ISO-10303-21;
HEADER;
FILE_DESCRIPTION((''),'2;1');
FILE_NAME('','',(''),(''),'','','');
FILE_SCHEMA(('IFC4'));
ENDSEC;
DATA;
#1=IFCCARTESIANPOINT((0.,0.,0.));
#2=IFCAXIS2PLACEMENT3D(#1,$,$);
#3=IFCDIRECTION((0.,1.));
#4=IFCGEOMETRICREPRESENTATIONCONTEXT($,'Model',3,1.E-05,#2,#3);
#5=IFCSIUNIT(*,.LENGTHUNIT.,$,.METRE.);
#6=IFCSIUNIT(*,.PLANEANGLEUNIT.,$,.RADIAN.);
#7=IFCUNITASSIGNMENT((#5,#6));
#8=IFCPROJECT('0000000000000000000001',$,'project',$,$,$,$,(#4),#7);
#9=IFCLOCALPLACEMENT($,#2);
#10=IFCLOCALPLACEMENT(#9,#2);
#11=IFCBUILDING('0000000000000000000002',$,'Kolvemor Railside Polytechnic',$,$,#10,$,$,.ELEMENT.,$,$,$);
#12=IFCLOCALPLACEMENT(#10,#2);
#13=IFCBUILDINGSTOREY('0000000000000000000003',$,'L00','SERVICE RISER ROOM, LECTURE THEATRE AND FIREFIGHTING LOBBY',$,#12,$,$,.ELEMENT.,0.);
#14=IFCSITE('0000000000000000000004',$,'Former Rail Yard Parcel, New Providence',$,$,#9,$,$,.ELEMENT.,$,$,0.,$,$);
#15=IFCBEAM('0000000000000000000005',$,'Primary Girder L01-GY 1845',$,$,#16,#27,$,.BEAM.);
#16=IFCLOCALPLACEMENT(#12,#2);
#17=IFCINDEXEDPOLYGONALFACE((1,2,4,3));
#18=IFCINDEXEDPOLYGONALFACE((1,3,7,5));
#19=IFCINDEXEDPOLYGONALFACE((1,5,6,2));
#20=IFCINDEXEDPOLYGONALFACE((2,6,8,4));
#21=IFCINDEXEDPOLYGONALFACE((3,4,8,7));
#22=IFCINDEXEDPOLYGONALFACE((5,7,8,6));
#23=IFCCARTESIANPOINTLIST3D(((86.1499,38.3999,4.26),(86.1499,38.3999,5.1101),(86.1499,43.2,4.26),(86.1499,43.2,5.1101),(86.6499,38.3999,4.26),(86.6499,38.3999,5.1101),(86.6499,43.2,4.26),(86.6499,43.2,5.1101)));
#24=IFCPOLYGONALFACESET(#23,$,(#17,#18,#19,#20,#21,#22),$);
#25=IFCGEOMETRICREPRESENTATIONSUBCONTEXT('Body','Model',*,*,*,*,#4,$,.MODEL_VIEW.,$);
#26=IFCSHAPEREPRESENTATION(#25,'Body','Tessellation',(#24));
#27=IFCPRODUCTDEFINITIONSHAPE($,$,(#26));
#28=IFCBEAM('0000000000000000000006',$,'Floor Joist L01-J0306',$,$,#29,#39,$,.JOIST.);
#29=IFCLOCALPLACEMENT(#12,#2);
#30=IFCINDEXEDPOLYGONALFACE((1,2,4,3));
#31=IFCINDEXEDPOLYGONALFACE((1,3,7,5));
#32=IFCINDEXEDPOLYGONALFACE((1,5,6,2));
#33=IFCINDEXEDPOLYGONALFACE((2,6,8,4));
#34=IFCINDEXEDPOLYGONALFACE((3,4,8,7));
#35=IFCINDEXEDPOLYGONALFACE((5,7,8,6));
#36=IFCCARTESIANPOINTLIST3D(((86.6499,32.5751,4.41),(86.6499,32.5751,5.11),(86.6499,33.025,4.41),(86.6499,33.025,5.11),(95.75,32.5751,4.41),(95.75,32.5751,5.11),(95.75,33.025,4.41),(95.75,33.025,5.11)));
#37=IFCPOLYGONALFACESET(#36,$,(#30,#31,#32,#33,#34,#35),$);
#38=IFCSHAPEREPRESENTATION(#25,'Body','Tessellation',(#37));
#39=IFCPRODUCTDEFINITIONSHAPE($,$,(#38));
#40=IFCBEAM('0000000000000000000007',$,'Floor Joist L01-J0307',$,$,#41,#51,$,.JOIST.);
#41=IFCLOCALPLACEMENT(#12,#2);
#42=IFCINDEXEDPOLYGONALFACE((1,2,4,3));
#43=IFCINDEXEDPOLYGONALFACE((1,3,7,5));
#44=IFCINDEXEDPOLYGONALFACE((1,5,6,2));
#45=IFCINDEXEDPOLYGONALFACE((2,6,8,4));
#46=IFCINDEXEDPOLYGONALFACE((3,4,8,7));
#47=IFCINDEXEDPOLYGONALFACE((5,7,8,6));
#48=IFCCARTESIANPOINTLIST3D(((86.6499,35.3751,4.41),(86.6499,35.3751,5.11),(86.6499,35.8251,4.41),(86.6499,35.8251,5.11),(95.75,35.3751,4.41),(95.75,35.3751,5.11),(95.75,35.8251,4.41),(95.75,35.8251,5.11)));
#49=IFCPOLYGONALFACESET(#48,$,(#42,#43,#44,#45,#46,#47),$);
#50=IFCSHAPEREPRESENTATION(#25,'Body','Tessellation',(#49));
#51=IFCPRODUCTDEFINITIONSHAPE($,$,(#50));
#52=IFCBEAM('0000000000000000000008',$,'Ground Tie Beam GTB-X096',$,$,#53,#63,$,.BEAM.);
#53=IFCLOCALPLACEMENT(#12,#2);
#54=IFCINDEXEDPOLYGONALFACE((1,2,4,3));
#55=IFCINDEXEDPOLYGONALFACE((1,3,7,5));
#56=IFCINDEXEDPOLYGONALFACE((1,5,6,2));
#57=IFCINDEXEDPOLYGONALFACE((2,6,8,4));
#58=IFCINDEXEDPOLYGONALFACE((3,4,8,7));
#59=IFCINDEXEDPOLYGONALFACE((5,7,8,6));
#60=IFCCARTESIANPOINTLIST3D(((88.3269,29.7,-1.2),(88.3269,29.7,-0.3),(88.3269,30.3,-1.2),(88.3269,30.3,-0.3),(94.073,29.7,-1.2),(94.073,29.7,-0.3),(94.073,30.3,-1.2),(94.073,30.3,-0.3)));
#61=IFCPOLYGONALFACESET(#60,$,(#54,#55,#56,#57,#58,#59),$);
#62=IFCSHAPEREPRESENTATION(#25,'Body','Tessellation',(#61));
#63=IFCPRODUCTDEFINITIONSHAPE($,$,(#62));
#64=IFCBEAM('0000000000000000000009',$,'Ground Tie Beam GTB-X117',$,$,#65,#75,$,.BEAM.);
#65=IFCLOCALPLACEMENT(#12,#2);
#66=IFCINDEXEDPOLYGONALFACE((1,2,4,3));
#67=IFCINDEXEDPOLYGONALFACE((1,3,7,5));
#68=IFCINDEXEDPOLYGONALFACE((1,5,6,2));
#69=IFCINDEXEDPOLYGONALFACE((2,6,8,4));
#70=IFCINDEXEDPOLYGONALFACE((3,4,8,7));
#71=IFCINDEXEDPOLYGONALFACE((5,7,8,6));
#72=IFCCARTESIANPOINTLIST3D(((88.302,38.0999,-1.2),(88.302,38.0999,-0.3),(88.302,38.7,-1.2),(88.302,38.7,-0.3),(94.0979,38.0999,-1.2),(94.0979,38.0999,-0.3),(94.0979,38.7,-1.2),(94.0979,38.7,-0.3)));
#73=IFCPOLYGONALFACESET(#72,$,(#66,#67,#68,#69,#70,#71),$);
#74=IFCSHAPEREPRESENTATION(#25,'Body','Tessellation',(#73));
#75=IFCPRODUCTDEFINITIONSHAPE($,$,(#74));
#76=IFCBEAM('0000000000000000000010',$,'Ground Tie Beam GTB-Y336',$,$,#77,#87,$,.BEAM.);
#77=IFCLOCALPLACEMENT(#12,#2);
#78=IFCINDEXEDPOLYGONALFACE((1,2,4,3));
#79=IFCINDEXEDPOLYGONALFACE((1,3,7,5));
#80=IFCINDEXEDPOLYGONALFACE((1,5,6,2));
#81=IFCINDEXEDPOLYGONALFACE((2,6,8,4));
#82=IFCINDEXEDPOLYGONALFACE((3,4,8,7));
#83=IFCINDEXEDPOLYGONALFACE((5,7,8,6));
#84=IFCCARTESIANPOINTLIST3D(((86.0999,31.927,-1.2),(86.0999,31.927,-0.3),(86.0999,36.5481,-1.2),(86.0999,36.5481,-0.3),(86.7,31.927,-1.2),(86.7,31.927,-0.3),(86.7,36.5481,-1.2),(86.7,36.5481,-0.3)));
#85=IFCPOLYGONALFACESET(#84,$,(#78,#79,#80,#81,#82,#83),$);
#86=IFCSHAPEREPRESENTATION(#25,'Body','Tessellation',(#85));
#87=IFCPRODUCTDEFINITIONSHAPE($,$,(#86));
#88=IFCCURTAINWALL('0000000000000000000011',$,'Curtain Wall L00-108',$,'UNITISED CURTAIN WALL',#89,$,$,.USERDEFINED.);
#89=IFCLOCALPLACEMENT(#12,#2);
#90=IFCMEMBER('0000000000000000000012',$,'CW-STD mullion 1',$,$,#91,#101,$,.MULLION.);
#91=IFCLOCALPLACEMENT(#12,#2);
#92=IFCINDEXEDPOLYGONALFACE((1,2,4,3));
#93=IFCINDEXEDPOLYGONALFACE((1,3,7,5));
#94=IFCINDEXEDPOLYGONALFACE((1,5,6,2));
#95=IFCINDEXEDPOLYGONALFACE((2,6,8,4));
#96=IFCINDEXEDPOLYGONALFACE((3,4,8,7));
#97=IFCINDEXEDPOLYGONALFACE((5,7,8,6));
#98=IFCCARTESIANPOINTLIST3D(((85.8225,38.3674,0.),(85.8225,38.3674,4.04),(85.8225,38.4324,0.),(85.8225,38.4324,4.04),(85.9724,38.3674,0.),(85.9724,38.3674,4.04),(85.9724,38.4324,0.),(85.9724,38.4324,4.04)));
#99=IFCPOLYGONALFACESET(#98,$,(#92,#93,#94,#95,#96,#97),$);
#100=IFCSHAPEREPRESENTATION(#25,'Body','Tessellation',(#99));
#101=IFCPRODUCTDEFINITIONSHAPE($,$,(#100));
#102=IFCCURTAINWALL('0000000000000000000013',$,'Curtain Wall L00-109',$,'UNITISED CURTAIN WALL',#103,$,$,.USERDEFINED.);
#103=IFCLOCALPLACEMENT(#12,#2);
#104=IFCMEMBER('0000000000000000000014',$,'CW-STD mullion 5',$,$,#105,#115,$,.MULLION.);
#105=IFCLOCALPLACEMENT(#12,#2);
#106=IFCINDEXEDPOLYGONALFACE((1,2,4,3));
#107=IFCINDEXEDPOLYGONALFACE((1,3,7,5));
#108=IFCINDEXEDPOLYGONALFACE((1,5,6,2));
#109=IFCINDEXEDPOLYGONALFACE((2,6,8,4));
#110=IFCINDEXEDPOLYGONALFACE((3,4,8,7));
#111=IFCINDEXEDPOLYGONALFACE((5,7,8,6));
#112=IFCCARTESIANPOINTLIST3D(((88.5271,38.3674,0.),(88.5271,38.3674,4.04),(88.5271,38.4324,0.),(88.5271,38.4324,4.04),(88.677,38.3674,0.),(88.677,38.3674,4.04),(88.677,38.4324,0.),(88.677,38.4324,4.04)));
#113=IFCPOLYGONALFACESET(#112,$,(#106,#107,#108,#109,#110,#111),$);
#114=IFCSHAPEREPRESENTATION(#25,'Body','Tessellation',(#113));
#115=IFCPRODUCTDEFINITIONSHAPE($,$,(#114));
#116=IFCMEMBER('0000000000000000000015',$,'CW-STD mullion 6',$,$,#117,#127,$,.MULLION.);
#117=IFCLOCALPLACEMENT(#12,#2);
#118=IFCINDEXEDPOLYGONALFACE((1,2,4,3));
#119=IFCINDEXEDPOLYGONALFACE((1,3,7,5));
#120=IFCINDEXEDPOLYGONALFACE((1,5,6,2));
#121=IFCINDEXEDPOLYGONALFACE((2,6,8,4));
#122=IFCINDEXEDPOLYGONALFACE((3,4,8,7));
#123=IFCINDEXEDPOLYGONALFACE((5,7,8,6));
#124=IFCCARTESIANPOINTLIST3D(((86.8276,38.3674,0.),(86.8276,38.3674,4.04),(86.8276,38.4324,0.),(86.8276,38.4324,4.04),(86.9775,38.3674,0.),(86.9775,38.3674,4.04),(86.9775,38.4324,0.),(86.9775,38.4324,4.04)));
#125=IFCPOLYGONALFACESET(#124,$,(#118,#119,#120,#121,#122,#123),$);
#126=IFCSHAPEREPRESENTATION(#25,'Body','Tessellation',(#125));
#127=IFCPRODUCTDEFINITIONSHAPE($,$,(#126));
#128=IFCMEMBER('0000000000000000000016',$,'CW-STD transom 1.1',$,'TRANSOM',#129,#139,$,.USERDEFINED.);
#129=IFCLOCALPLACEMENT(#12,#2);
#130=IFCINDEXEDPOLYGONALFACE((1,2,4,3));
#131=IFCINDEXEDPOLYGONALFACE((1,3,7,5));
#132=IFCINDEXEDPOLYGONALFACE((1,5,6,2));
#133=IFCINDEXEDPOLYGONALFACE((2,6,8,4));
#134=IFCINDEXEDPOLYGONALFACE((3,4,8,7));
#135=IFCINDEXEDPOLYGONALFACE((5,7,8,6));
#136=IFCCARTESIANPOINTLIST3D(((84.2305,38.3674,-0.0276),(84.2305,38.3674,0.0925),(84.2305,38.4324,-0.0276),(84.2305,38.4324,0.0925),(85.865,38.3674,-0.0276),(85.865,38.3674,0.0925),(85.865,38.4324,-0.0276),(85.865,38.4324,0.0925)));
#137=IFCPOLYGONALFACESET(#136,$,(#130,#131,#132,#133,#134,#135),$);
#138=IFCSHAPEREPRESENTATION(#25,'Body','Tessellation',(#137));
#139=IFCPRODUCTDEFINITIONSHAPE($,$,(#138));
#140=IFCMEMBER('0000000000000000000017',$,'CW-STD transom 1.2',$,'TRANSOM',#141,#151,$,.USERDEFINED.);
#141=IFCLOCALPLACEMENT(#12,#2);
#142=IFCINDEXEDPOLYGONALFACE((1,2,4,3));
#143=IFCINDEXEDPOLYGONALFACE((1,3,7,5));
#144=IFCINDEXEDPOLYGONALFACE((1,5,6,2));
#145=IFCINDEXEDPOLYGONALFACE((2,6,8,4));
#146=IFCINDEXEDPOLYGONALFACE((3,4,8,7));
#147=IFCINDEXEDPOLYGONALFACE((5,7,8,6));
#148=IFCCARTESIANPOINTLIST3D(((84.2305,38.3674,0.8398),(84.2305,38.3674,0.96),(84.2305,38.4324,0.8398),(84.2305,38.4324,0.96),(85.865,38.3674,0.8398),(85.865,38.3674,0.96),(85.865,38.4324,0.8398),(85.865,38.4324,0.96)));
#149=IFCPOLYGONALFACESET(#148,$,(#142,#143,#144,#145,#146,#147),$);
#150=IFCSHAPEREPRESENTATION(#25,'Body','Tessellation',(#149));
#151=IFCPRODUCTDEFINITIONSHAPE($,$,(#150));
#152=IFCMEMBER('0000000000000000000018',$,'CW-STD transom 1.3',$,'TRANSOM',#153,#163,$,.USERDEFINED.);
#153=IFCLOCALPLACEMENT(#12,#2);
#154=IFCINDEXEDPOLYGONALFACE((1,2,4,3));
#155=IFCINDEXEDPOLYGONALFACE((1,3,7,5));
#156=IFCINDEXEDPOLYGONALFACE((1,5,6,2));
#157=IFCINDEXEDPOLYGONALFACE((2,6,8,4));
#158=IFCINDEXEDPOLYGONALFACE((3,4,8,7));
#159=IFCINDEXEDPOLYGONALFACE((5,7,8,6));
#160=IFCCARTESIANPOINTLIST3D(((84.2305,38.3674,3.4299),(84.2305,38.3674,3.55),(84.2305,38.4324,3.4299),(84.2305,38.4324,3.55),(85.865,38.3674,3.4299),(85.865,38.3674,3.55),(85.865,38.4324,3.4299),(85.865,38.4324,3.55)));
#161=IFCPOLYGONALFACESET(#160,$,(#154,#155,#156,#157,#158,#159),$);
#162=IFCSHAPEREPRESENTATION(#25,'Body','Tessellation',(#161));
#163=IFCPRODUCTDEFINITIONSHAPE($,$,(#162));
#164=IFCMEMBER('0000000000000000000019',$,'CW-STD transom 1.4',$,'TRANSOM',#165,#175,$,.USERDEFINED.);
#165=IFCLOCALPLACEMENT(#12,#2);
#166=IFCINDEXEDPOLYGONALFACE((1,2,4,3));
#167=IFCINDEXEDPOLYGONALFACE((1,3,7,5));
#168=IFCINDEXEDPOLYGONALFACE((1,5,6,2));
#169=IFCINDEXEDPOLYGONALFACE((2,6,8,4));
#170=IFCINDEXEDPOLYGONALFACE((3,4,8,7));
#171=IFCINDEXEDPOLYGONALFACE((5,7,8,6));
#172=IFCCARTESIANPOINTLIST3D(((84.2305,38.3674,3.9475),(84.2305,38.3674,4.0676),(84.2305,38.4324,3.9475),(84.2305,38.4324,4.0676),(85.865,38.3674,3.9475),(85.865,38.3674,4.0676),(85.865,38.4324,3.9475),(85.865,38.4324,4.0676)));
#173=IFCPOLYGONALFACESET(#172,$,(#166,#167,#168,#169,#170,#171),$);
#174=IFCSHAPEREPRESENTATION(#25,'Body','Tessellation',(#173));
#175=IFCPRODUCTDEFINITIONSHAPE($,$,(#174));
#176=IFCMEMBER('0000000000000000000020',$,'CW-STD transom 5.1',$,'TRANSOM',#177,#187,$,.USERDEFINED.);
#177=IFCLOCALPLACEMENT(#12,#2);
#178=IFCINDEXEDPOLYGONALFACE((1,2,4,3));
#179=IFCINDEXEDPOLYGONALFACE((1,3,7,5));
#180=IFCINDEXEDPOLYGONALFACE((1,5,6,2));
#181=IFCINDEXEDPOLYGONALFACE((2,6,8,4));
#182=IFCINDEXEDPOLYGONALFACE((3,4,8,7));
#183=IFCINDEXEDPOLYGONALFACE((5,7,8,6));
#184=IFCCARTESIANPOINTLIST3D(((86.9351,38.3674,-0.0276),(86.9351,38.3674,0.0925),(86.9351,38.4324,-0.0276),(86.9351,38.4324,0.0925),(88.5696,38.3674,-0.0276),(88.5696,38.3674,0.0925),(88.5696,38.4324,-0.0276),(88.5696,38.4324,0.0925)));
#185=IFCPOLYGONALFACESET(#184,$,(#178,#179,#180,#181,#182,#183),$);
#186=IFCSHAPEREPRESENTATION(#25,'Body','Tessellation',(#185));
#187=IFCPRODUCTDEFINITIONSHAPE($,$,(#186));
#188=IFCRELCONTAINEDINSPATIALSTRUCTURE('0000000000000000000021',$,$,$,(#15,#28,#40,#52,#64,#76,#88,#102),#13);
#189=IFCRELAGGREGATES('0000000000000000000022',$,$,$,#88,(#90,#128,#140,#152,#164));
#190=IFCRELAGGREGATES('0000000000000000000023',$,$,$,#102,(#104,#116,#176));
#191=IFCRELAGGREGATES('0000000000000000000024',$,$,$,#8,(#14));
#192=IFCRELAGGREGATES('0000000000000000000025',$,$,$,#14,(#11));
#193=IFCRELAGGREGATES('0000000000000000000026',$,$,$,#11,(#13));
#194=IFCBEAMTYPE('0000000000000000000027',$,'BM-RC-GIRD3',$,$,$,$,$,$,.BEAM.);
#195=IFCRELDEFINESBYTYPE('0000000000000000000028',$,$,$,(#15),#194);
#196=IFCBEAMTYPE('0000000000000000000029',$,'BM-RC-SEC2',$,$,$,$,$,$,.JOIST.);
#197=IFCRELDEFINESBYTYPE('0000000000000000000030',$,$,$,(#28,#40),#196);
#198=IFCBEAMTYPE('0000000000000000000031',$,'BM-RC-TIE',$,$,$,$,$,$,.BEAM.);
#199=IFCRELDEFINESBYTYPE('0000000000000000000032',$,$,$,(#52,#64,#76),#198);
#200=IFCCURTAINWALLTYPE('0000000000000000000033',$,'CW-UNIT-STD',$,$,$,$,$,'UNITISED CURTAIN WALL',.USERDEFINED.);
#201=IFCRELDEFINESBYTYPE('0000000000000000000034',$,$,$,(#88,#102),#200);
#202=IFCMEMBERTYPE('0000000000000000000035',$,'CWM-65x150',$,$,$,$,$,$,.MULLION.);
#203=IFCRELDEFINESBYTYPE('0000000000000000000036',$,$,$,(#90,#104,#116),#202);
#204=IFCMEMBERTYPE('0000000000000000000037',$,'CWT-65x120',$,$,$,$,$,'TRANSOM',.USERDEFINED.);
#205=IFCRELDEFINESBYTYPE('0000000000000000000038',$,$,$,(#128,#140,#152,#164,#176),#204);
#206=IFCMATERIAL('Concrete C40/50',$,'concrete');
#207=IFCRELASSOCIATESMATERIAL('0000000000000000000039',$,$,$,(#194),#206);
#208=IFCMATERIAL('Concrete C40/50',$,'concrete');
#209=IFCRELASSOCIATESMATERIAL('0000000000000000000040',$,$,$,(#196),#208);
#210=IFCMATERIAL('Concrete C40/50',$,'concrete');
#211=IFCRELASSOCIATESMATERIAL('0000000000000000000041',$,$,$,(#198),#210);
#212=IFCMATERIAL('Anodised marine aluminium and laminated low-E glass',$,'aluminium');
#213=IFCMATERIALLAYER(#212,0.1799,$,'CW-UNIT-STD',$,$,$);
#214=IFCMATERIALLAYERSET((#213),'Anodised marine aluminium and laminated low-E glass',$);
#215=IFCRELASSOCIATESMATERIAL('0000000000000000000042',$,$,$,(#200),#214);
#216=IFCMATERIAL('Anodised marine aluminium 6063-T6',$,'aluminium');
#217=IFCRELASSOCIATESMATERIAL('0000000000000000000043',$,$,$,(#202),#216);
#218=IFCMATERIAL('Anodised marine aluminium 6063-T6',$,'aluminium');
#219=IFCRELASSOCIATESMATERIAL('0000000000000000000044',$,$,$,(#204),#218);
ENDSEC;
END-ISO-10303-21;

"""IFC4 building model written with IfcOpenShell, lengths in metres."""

from ifc_helpers import new_model, si_unit, direction, frame, origin, origin_2d, place, context, subcontext, project, spatial, rectangle, extrude, material, layer, layer_set, material_profile, profile_set, type_object, element, aggregate, save


model = new_model("IFC4")

# Units and contexts
model_context = context("Model", 3, precision=1e-05, world=origin(), true_north=direction((0.0, 1.0)))
body_context = subcontext(model_context, "Body", "Model", "MODEL_VIEW")
ifc_project = project(units=[si_unit("LENGTHUNIT", "METRE"), si_unit("PLANEANGLEUNIT", "RADIAN")], contexts=[model_context])

# Site, building, storey
site_placement = place(None, origin())
site = spatial("IfcSite", under=ifc_project, at=site_placement, Name="Former Rail Yard Parcel, New Providence", CompositionType="ELEMENT", RefElevation=0.0)
building_placement = place(site_placement, origin())
building = spatial("IfcBuilding", under=site, at=building_placement, Name="Kolvemor Railside Polytechnic", CompositionType="ELEMENT")
storey_placement = place(building_placement, origin())
storey = spatial("IfcBuildingStorey", under=building, at=storey_placement, Name="L00", Description="SERVICE RISER ROOM, LECTURE THEATRE AND FIREFIGHTING LOBBY", CompositionType="ELEMENT", Elevation=0.0)

# Beams
ifc_material_1 = material(Name="Concrete C40/50", Category="concrete")
ifc_material_profile_1 = material_profile(ifc_material_1, rectangle(XDim=0.5, YDim=0.8501, at=origin_2d()), Name="RC500x850")
ifc_profile_set_1 = profile_set([ifc_material_profile_1], Name="Concrete C40/50")
beam_type_1 = type_object("IfcBeamType", Name="BM-RC-GIRD3", PredefinedType="BEAM", material=ifc_profile_set_1)
beam_1_placement = place(storey_placement, frame((86.3999, 38.3999, 4.6851), z_axis=(0.0, 1.0, 0.0), x_axis=(-1.0, 0.0, 0.0)))
element("IfcBeam", 1, at=beam_1_placement, inside=storey, type_object=beam_type_1, Name="Primary Girder L01-GY 1845", PredefinedType="BEAM", context=body_context, shape_type="SweptSolid", body=[
    extrude(rectangle(XDim=0.5, YDim=0.8501, at=origin_2d()), origin(), (0.0, 0.0, 1.0), 4.8),
])
ifc_material_2 = material(Name="Concrete C40/50", Category="concrete")
ifc_material_profile_2 = material_profile(ifc_material_2, rectangle(XDim=0.45, YDim=0.7, at=origin_2d()), Name="RC450x700")
ifc_profile_set_2 = profile_set([ifc_material_profile_2], Name="Concrete C40/50")
beam_type_2 = type_object("IfcBeamType", Name="BM-RC-SEC2", PredefinedType="JOIST", material=ifc_profile_set_2)
for number, where, z_axis, x_axis, name in (
    (2, (86.6499, 32.8, 4.76), (1.0, 0.0, 0.0), (0.0, 1.0, 0.0), "Floor Joist L01-J0306"),
    (3, (86.6499, 35.6001, 4.76), (1.0, 0.0, 0.0), (0.0, 1.0, 0.0), "Floor Joist L01-J0307"),
):
    element("IfcBeam", number, at=place(storey_placement, frame(where, z_axis=z_axis, x_axis=x_axis)), inside=storey, type_object=beam_type_2, Name=name, PredefinedType="JOIST", context=body_context, shape_type="SweptSolid", body=[
        extrude(rectangle(XDim=0.45, YDim=0.7, at=origin_2d()), origin(), (0.0, 0.0, 1.0), 9.1001),
    ])
ifc_material_3 = material(Name="Concrete C40/50", Category="concrete")
ifc_material_profile_3 = material_profile(ifc_material_3, rectangle(XDim=0.6001, YDim=0.8999, at=origin_2d()), Name="RC600x900")
ifc_profile_set_3 = profile_set([ifc_material_profile_3], Name="Concrete C40/50")
beam_type_3 = type_object("IfcBeamType", Name="BM-RC-TIE", PredefinedType="BEAM", material=ifc_profile_set_3)
beam_2_placement = place(storey_placement, frame((88.3269, 30.0, -0.75), z_axis=(1.0, 0.0, 0.0), x_axis=(0.0, 1.0, 0.0)))
element("IfcBeam", 4, at=beam_2_placement, inside=storey, type_object=beam_type_3, Name="Ground Tie Beam GTB-X096", PredefinedType="BEAM", context=body_context, shape_type="SweptSolid", body=[
    extrude(rectangle(XDim=0.6001, YDim=0.8999, at=origin_2d()), origin(), (0.0, 0.0, 1.0), 5.7461),
])
beam_3_placement = place(storey_placement, frame((88.302, 38.3999, -0.75), z_axis=(1.0, 0.0, 0.0), x_axis=(0.0, 1.0, 0.0)))
element("IfcBeam", 5, at=beam_3_placement, inside=storey, type_object=beam_type_3, Name="Ground Tie Beam GTB-X117", PredefinedType="BEAM", context=body_context, shape_type="SweptSolid", body=[
    extrude(rectangle(XDim=0.6001, YDim=0.8999, at=origin_2d()), origin(), (0.0, 0.0, 1.0), 5.7959),
])
beam_4_placement = place(storey_placement, frame((86.3999, 31.927, -0.75), z_axis=(0.0, 1.0, 0.0), x_axis=(-1.0, 0.0, 0.0)))
element("IfcBeam", 6, at=beam_4_placement, inside=storey, type_object=beam_type_3, Name="Ground Tie Beam GTB-Y336", PredefinedType="BEAM", context=body_context, shape_type="SweptSolid", body=[
    extrude(rectangle(XDim=0.6001, YDim=0.8999, at=origin_2d()), origin(), (0.0, 0.0, 1.0), 4.6211),
])

# Curtain wall, member
ifc_material_4 = material(Name="Anodised marine aluminium and laminated low-E glass", Category="aluminium")
ifc_layer_1 = layer(ifc_material_4, 0.1799, Name="CW-UNIT-STD")
ifc_layer_set_1 = layer_set([ifc_layer_1], Name="Anodised marine aluminium and laminated low-E glass")
curtain_wall_type = type_object("IfcCurtainWallType", Name="CW-UNIT-STD", ElementType="UNITISED CURTAIN WALL", PredefinedType="USERDEFINED", material=ifc_layer_set_1)
curtain_wall_1_placement = place(storey_placement, origin())
curtain_wall_1 = element("IfcCurtainWall", 7, at=curtain_wall_1_placement, inside=storey, type_object=curtain_wall_type, Name="Curtain Wall L00-108", ObjectType="UNITISED CURTAIN WALL", PredefinedType="USERDEFINED")
ifc_material_5 = material(Name="Anodised marine aluminium 6063-T6", Category="aluminium")
ifc_material_profile_4 = material_profile(ifc_material_5, rectangle(XDim=0.0649, YDim=0.1499, at=origin_2d()), Name="CW-MUL-65x150")
ifc_profile_set_4 = profile_set([ifc_material_profile_4], Name="Anodised marine aluminium 6063-T6")
member_type_1 = type_object("IfcMemberType", Name="CWM-65x150", PredefinedType="MULLION", material=ifc_profile_set_4)
member_1_placement = place(storey_placement, frame((85.8975, 38.3999, 0.0), z_axis=(0.0, 0.0, 1.0), x_axis=(0.0, -1.0, 0.0)))
member_1 = element("IfcMember", 8, at=member_1_placement, type_object=member_type_1, Name="CW-STD mullion 1", PredefinedType="MULLION", context=body_context, shape_type="SweptSolid", body=[
    extrude(rectangle(XDim=0.0649, YDim=0.1499, at=origin_2d()), origin(), (0.0, 0.0, 1.0), 4.04),
])

# Curtain wall, members
curtain_wall_2_placement = place(storey_placement, origin())
curtain_wall_2 = element("IfcCurtainWall", 9, at=curtain_wall_2_placement, inside=storey, type_object=curtain_wall_type, Name="Curtain Wall L00-109", ObjectType="UNITISED CURTAIN WALL", PredefinedType="USERDEFINED")
member_2_placement = place(storey_placement, frame((88.6021, 38.3999, 0.0), z_axis=(0.0, 0.0, 1.0), x_axis=(0.0, -1.0, 0.0)))
member_2 = element("IfcMember", 10, at=member_2_placement, type_object=member_type_1, Name="CW-STD mullion 5", PredefinedType="MULLION", context=body_context, shape_type="SweptSolid", body=[
    extrude(rectangle(XDim=0.0649, YDim=0.1499, at=origin_2d()), origin(), (0.0, 0.0, 1.0), 4.04),
])
member_3_placement = place(storey_placement, frame((86.9026, 38.3999, 0.0), z_axis=(0.0, 0.0, 1.0), x_axis=(0.0, -1.0, 0.0)))
member_3 = element("IfcMember", 11, at=member_3_placement, type_object=member_type_1, Name="CW-STD mullion 6", PredefinedType="MULLION", context=body_context, shape_type="SweptSolid", body=[
    extrude(rectangle(XDim=0.0649, YDim=0.1499, at=origin_2d()), origin(), (0.0, 0.0, 1.0), 4.04),
])

# Members
ifc_material_6 = material(Name="Anodised marine aluminium 6063-T6", Category="aluminium")
ifc_material_profile_5 = material_profile(ifc_material_6, rectangle(XDim=0.0649, YDim=0.1201, at=origin_2d()), Name="CW-TRN-65x120")
ifc_profile_set_5 = profile_set([ifc_material_profile_5], Name="Anodised marine aluminium 6063-T6")
member_type_2 = type_object("IfcMemberType", Name="CWT-65x120", ElementType="TRANSOM", PredefinedType="USERDEFINED", material=ifc_profile_set_5)
member_4_placement = place(storey_placement, frame((85.865, 38.3999, 0.0325), z_axis=(-1.0, 0.0, 0.0), x_axis=(0.0, -1.0, 0.0)))
member_4 = element("IfcMember", 12, at=member_4_placement, type_object=member_type_2, Name="CW-STD transom 1.1", ObjectType="TRANSOM", PredefinedType="USERDEFINED", context=body_context, shape_type="SweptSolid", body=[
    extrude(rectangle(XDim=0.0649, YDim=0.1201, at=origin_2d()), origin(), (0.0, 0.0, 1.0), 1.6345),
])
member_5_placement = place(storey_placement, frame((85.865, 38.3999, 0.8999), z_axis=(-1.0, 0.0, 0.0), x_axis=(0.0, -1.0, 0.0)))
member_5 = element("IfcMember", 13, at=member_5_placement, type_object=member_type_2, Name="CW-STD transom 1.2", ObjectType="TRANSOM", PredefinedType="USERDEFINED", context=body_context, shape_type="SweptSolid", body=[
    extrude(rectangle(XDim=0.0649, YDim=0.1201, at=origin_2d()), origin(), (0.0, 0.0, 1.0), 1.6345),
])
member_6_placement = place(storey_placement, frame((85.865, 38.3999, 3.49), z_axis=(-1.0, 0.0, 0.0), x_axis=(0.0, -1.0, 0.0)))
member_6 = element("IfcMember", 14, at=member_6_placement, type_object=member_type_2, Name="CW-STD transom 1.3", ObjectType="TRANSOM", PredefinedType="USERDEFINED", context=body_context, shape_type="SweptSolid", body=[
    extrude(rectangle(XDim=0.0649, YDim=0.1201, at=origin_2d()), origin(), (0.0, 0.0, 1.0), 1.6345),
])
member_7_placement = place(storey_placement, frame((85.865, 38.3999, 4.0076), z_axis=(-1.0, 0.0, 0.0), x_axis=(0.0, -1.0, 0.0)))
member_7 = element("IfcMember", 15, at=member_7_placement, type_object=member_type_2, Name="CW-STD transom 1.4", ObjectType="TRANSOM", PredefinedType="USERDEFINED", context=body_context, shape_type="SweptSolid", body=[
    extrude(rectangle(XDim=0.0649, YDim=0.1201, at=origin_2d()), origin(), (0.0, 0.0, 1.0), 1.6345),
])
aggregate(curtain_wall_1, [member_1, member_4, member_5, member_6, member_7])
member_8_placement = place(storey_placement, frame((88.5696, 38.3999, 0.0325), z_axis=(-1.0, 0.0, 0.0), x_axis=(0.0, -1.0, 0.0)))
member_8 = element("IfcMember", 16, at=member_8_placement, type_object=member_type_2, Name="CW-STD transom 5.1", ObjectType="TRANSOM", PredefinedType="USERDEFINED", context=body_context, shape_type="SweptSolid", body=[
    extrude(rectangle(XDim=0.0649, YDim=0.1201, at=origin_2d()), origin(), (0.0, 0.0, 1.0), 1.6345),
])

aggregate(curtain_wall_2, [member_2, member_3, member_8])

save(model, "model.ifc")
